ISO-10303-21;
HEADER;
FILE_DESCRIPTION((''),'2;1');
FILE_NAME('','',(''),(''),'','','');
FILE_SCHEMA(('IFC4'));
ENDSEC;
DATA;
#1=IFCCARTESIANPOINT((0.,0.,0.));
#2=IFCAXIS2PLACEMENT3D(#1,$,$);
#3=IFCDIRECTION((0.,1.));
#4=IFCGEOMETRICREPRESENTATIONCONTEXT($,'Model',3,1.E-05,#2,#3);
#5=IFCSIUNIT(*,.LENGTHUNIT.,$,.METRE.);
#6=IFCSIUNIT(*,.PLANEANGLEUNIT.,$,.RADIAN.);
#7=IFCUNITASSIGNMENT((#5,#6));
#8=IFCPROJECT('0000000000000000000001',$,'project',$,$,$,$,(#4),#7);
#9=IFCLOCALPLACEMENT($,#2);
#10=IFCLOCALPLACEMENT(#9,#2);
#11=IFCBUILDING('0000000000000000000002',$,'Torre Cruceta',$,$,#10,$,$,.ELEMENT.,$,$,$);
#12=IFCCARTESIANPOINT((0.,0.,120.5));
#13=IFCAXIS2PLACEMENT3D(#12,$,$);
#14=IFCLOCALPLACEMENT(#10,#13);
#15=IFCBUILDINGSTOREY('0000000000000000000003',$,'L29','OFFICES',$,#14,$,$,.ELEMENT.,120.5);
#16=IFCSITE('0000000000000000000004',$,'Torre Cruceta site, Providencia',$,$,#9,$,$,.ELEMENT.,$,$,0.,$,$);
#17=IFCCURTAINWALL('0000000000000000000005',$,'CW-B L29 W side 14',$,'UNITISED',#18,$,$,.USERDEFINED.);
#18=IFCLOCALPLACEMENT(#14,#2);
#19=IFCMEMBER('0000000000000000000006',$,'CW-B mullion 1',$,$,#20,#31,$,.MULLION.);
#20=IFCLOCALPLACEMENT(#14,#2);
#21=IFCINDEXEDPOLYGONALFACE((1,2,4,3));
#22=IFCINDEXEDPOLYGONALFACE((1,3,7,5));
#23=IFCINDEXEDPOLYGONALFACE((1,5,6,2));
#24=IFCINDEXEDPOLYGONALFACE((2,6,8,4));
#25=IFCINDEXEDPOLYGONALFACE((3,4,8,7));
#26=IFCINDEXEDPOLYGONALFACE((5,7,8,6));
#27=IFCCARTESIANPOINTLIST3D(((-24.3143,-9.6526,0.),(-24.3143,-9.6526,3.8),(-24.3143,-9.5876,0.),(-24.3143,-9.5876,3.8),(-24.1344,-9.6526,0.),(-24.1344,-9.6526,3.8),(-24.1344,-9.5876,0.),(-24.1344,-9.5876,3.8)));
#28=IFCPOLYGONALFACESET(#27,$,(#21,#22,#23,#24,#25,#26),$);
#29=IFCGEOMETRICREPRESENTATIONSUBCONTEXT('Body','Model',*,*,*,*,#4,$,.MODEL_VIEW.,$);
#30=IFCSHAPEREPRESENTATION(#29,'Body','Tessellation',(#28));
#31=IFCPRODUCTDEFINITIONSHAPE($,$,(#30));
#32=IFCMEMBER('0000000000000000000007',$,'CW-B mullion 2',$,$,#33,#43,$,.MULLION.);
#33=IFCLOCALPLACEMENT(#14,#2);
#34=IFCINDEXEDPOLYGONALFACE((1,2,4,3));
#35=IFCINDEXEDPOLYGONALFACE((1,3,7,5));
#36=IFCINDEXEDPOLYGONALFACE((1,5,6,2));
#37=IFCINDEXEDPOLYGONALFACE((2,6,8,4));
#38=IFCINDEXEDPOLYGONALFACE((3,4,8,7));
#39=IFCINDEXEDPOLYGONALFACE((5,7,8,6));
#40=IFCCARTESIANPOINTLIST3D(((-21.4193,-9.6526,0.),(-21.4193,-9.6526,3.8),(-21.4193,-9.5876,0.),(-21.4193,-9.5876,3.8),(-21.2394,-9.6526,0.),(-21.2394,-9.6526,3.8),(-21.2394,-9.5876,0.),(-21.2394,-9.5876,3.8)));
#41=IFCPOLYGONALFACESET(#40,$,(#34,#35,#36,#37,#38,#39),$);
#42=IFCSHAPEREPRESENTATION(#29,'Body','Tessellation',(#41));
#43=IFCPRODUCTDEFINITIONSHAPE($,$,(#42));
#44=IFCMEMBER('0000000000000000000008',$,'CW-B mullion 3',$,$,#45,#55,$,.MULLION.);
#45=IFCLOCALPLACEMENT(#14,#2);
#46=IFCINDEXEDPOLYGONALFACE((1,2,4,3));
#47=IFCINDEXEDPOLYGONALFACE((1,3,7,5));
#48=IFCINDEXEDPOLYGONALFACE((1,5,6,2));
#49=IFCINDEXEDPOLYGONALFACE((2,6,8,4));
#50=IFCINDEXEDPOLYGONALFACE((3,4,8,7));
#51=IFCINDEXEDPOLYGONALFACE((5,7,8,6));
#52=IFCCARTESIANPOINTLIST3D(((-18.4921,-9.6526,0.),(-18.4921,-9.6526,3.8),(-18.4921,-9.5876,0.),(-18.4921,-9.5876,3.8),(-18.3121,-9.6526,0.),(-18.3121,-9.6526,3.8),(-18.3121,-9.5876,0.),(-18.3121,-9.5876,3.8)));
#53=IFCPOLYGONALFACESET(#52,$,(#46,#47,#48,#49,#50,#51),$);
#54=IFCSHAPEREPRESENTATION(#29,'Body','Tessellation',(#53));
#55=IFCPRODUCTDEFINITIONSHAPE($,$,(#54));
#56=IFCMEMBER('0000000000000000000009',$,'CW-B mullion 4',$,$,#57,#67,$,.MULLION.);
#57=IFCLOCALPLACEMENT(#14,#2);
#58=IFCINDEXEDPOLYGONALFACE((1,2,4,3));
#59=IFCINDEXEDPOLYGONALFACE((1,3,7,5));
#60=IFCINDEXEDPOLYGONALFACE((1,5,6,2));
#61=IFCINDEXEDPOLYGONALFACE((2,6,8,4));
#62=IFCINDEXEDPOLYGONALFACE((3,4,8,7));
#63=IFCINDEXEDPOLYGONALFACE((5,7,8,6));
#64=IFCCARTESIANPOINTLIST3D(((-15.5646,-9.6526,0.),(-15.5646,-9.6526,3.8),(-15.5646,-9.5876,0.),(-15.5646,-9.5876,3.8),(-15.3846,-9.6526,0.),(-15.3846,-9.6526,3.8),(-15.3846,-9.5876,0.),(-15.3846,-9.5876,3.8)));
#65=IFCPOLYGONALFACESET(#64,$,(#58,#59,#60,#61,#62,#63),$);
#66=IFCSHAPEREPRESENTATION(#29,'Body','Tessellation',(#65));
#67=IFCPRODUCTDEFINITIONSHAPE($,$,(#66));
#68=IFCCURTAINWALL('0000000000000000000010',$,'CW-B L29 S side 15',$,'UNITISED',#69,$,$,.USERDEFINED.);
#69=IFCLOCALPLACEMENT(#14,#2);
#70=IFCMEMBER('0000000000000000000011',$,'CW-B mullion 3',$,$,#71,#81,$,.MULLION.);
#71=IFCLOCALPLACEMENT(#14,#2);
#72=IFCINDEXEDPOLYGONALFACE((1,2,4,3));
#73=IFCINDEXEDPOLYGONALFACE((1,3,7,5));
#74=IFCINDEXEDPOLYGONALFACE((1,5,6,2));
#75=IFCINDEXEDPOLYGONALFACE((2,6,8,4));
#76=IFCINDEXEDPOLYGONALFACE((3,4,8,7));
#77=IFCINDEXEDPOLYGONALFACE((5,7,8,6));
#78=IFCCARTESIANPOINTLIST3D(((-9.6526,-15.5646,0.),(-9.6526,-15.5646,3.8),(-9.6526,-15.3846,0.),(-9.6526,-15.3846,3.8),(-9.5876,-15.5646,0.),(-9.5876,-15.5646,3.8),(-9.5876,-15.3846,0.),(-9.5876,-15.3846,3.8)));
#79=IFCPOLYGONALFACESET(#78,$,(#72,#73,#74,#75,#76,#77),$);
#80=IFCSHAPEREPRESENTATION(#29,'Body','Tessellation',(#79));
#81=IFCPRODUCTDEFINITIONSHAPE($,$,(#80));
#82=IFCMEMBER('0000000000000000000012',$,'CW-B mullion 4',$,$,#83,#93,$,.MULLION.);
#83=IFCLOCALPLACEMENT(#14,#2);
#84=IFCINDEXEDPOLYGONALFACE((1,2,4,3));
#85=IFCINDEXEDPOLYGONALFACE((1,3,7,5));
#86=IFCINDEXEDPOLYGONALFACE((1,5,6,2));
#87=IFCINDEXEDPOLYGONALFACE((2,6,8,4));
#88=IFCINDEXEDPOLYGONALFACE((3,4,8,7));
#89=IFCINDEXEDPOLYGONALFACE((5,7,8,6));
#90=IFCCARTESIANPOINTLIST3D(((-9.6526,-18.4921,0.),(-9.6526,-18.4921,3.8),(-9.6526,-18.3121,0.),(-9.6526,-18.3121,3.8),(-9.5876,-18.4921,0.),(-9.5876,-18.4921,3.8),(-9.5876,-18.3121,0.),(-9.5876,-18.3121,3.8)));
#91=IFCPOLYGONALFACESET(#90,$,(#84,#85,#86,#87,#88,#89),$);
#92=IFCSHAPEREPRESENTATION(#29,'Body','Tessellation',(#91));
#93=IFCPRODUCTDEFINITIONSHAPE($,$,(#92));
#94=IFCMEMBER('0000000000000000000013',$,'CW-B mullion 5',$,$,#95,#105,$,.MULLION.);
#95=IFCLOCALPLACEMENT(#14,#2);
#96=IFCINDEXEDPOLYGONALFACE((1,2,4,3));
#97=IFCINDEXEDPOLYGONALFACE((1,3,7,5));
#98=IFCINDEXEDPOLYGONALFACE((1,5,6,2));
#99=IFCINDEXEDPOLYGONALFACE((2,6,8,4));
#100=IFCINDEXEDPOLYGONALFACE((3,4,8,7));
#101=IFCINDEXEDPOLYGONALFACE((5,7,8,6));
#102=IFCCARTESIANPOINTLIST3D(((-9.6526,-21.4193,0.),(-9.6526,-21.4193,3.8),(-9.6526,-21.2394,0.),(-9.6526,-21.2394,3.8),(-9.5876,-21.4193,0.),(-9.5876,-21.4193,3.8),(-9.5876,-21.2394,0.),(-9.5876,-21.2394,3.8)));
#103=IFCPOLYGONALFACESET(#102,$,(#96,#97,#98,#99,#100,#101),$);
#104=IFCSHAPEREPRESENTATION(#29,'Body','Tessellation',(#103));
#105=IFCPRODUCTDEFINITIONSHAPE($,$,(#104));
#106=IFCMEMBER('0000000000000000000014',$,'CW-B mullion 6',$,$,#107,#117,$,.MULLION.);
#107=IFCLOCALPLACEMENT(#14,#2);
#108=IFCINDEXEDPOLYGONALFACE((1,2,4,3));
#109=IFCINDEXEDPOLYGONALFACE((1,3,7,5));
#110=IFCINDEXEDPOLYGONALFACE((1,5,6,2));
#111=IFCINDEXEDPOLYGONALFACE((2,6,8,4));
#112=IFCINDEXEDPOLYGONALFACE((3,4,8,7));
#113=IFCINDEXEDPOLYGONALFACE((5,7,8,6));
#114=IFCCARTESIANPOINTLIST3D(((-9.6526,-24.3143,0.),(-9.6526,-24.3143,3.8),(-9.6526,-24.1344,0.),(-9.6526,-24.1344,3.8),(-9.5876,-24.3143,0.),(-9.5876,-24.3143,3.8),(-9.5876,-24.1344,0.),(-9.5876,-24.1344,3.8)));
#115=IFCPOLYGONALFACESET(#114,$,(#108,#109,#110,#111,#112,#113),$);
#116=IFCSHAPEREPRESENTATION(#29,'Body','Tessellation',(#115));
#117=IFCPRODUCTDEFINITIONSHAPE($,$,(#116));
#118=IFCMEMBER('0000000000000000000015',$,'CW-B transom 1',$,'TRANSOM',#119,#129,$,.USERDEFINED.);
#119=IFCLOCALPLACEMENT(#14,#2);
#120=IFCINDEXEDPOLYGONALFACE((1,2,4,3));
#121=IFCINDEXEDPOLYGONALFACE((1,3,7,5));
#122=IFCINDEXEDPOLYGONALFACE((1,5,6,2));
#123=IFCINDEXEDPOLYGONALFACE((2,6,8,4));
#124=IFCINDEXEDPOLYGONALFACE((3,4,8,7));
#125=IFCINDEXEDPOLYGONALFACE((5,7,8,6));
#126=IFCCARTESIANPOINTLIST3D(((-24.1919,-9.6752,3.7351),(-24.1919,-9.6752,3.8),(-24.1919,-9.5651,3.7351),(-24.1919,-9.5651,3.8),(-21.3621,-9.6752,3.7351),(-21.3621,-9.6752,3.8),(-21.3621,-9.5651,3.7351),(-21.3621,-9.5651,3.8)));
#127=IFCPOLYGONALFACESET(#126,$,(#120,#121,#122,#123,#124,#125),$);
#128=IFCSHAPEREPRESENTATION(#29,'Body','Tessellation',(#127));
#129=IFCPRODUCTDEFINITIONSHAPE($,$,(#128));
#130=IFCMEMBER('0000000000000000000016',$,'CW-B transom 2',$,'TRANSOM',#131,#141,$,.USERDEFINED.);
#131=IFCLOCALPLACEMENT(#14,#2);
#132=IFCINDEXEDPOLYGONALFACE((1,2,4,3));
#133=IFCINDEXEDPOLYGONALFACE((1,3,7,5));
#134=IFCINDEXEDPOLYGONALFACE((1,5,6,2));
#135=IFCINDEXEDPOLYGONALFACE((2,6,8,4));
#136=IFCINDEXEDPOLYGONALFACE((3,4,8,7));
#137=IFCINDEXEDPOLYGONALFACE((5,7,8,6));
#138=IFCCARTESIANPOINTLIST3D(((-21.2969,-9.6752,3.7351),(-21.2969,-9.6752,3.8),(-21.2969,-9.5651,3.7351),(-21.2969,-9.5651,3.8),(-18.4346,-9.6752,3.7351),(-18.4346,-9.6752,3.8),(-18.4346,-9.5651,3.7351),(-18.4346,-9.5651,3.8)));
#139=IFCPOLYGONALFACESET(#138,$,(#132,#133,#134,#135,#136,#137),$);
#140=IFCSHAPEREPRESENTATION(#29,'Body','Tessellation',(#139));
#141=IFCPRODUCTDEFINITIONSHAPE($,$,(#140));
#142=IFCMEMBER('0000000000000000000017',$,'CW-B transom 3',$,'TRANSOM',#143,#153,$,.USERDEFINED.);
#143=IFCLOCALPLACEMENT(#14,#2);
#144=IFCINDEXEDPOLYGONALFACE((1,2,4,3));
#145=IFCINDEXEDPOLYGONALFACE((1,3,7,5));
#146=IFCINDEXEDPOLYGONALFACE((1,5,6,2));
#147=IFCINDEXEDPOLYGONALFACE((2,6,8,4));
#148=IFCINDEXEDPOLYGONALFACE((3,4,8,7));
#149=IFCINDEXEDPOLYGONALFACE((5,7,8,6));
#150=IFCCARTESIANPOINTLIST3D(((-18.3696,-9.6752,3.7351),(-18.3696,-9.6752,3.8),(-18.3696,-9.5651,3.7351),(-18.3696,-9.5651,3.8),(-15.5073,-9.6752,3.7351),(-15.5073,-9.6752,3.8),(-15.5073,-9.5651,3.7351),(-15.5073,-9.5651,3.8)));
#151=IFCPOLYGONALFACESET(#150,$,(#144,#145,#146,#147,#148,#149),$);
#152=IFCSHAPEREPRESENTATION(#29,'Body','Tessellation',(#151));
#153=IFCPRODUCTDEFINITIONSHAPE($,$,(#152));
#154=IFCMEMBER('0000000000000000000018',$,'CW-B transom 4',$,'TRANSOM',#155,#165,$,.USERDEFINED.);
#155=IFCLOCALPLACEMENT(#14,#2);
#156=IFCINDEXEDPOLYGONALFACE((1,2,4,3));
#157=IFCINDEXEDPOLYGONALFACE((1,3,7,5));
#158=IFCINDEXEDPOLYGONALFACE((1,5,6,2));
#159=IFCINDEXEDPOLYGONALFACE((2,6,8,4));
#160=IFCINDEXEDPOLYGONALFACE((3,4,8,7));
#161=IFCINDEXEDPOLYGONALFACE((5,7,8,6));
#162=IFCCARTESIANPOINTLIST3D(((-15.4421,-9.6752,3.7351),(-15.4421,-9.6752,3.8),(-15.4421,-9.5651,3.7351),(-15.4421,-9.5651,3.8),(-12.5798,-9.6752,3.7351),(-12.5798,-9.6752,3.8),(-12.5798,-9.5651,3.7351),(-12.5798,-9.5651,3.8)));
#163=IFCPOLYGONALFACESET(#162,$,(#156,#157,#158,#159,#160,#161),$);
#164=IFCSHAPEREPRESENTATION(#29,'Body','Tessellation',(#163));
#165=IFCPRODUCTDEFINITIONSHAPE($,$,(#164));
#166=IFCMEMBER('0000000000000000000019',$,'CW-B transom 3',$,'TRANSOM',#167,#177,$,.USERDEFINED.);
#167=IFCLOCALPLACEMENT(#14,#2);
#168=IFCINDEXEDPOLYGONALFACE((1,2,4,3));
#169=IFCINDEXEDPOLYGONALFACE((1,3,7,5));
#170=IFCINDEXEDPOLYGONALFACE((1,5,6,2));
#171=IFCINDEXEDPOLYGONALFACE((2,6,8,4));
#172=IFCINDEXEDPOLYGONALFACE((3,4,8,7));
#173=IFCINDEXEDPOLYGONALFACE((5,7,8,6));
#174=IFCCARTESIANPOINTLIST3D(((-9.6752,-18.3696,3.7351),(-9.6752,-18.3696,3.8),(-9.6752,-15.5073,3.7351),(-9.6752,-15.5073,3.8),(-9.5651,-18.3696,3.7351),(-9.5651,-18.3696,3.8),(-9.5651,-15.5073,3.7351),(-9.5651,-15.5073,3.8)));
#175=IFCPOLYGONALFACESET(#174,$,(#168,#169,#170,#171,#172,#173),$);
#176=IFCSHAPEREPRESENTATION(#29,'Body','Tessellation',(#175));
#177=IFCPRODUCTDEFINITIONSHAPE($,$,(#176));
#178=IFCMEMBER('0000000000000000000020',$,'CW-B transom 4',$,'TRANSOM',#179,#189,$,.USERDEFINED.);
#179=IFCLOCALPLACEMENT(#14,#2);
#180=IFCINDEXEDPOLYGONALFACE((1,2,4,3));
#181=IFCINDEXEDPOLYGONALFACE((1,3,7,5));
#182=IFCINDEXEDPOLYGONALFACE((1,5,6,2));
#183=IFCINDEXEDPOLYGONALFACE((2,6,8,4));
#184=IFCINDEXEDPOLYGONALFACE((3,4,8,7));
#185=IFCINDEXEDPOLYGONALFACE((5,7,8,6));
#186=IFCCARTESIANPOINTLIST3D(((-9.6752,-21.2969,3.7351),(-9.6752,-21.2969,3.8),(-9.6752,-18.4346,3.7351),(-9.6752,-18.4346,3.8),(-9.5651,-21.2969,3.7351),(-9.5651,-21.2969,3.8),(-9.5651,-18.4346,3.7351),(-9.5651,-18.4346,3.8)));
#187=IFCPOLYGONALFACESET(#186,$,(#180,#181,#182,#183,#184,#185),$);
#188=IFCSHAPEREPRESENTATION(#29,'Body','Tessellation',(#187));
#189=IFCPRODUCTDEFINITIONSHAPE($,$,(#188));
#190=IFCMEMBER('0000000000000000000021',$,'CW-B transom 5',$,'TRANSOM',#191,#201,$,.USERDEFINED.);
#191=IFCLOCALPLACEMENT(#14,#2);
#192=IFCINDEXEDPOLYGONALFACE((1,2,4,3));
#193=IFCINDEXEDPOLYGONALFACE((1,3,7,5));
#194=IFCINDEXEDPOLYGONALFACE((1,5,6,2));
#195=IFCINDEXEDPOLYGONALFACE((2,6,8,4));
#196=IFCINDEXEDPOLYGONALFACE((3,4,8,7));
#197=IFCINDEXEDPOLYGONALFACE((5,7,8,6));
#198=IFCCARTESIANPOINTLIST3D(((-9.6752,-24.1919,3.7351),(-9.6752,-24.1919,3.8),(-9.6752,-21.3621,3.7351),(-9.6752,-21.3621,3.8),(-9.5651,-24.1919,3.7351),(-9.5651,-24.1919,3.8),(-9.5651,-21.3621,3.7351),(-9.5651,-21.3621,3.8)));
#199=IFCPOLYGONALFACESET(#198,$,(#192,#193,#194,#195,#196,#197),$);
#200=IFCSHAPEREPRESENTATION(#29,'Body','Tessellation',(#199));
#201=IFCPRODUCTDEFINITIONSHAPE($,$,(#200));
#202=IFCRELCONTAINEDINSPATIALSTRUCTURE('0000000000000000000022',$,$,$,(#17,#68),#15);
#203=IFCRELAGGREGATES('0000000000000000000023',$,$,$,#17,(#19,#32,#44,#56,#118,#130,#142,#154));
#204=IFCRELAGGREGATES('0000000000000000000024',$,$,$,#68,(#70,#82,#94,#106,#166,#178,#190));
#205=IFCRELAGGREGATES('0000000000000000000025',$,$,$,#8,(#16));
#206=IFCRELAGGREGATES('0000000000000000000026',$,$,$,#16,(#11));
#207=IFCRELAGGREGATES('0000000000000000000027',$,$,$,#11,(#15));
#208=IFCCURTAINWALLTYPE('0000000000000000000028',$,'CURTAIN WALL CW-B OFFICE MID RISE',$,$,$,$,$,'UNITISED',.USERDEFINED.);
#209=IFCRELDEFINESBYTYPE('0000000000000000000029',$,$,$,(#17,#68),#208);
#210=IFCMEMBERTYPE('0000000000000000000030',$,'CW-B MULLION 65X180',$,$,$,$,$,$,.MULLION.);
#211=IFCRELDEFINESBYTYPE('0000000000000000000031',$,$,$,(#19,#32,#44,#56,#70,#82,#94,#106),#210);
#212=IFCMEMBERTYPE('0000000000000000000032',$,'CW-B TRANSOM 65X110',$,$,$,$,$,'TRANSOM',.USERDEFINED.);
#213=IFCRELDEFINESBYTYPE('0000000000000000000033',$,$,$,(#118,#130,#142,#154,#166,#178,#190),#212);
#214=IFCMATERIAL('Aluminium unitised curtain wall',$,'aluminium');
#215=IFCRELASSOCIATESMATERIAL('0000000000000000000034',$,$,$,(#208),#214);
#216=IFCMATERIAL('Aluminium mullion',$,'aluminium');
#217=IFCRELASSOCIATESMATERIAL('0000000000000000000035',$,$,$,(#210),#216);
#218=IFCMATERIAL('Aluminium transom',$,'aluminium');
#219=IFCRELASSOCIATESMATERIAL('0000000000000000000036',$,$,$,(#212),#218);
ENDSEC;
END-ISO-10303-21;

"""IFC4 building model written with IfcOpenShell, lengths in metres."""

from ifc_helpers import new_model, si_unit, direction, frame, origin, origin_2d, place, context, subcontext, project, spatial, rectangle, extrude, material, material_profile, profile_set, type_object, element, aggregate, save


model = new_model("IFC4")

# Units and contexts
model_context = context("Model", 3, precision=1e-05, world=origin(), true_north=direction((0.0, 1.0)))
body_context = subcontext(model_context, "Body", "Model", "MODEL_VIEW")
ifc_project = project(units=[si_unit("LENGTHUNIT", "METRE"), si_unit("PLANEANGLEUNIT", "RADIAN")], contexts=[model_context])

# Site, building, storey
site_placement = place(None, origin())
site = spatial("IfcSite", under=ifc_project, at=site_placement, Name="Torre Cruceta site, Providencia", CompositionType="ELEMENT", RefElevation=0.0)
building_placement = place(site_placement, origin())
building = spatial("IfcBuilding", under=site, at=building_placement, Name="Torre Cruceta", CompositionType="ELEMENT")
storey_placement = place(building_placement, frame((0.0, 0.0, 120.5)))
storey = spatial("IfcBuildingStorey", under=building, at=storey_placement, Name="L29", Description="OFFICES", CompositionType="ELEMENT", Elevation=120.5)

# Curtain walls, members
ifc_material_1 = material(Name="Aluminium unitised curtain wall", Category="aluminium")
curtain_wall_type = type_object("IfcCurtainWallType", Name="CURTAIN WALL CW-B OFFICE MID RISE", ElementType="UNITISED", PredefinedType="USERDEFINED", material=ifc_material_1)
curtain_wall_1_placement = place(storey_placement, origin())
curtain_wall_1 = element("IfcCurtainWall", 1, at=curtain_wall_1_placement, inside=storey, type_object=curtain_wall_type, Name="CW-B L29 W side 14", ObjectType="UNITISED", PredefinedType="USERDEFINED")
ifc_material_2 = material(Name="Aluminium mullion", Category="aluminium")
ifc_material_profile_1 = material_profile(ifc_material_2, rectangle(XDim=0.0649, YDim=0.1799, at=origin_2d()), Name="AL 65X180")
ifc_profile_set_1 = profile_set([ifc_material_profile_1], Name="Aluminium mullion")
member_type_1 = type_object("IfcMemberType", Name="CW-B MULLION 65X180", PredefinedType="MULLION", material=ifc_profile_set_1)
member_1_placement = place(storey_placement, frame((-24.2244, -9.6201, 0.0), z_axis=(0.0, 0.0, 1.0), x_axis=(0.0, 1.0, 0.0)))
member_1 = element("IfcMember", 2, at=member_1_placement, type_object=member_type_1, Name="CW-B mullion 1", PredefinedType="MULLION", context=body_context, shape_type="SweptSolid", body=[
    extrude(rectangle(XDim=0.0649, YDim=0.1799, at=origin_2d()), origin(), (0.0, 0.0, 1.0), 3.8),
])
member_2_placement = place(storey_placement, frame((-21.3293, -9.6201, 0.0), z_axis=(0.0, 0.0, 1.0), x_axis=(0.0, 1.0, 0.0)))
member_2 = element("IfcMember", 3, at=member_2_placement, type_object=member_type_1, Name="CW-B mullion 2", PredefinedType="MULLION", context=body_context, shape_type="SweptSolid", body=[
    extrude(rectangle(XDim=0.0649, YDim=0.1799, at=origin_2d()), origin(), (0.0, 0.0, 1.0), 3.8),
])
member_3_placement = place(storey_placement, frame((-18.4021, -9.6201, 0.0), z_axis=(0.0, 0.0, 1.0), x_axis=(0.0, 1.0, 0.0)))
member_3 = element("IfcMember", 4, at=member_3_placement, type_object=member_type_1, Name="CW-B mullion 3", PredefinedType="MULLION", context=body_context, shape_type="SweptSolid", body=[
    extrude(rectangle(XDim=0.0649, YDim=0.1799, at=origin_2d()), origin(), (0.0, 0.0, 1.0), 3.8),
])
member_4_placement = place(storey_placement, frame((-15.4746, -9.6201, 0.0), z_axis=(0.0, 0.0, 1.0), x_axis=(0.0, 1.0, 0.0)))
member_4 = element("IfcMember", 5, at=member_4_placement, type_object=member_type_1, Name="CW-B mullion 4", PredefinedType="MULLION", context=body_context, shape_type="SweptSolid", body=[
    extrude(rectangle(XDim=0.0649, YDim=0.1799, at=origin_2d()), origin(), (0.0, 0.0, 1.0), 3.8),
])
curtain_wall_2_placement = place(storey_placement, origin())
curtain_wall_2 = element("IfcCurtainWall", 6, at=curtain_wall_2_placement, inside=storey, type_object=curtain_wall_type, Name="CW-B L29 S side 15", ObjectType="UNITISED", PredefinedType="USERDEFINED")
member_5_placement = place(storey_placement, frame((-9.6201, -15.4746, 0.0), z_axis=(0.0, 0.0, 1.0), x_axis=(1.0, 0.0, 0.0)))
member_5 = element("IfcMember", 7, at=member_5_placement, type_object=member_type_1, Name="CW-B mullion 3", PredefinedType="MULLION", context=body_context, shape_type="SweptSolid", body=[
    extrude(rectangle(XDim=0.0649, YDim=0.1799, at=origin_2d()), origin(), (0.0, 0.0, 1.0), 3.8),
])
member_6_placement = place(storey_placement, frame((-9.6201, -18.4021, 0.0), z_axis=(0.0, 0.0, 1.0), x_axis=(1.0, 0.0, 0.0)))
member_6 = element("IfcMember", 8, at=member_6_placement, type_object=member_type_1, Name="CW-B mullion 4", PredefinedType="MULLION", context=body_context, shape_type="SweptSolid", body=[
    extrude(rectangle(XDim=0.0649, YDim=0.1799, at=origin_2d()), origin(), (0.0, 0.0, 1.0), 3.8),
])
member_7_placement = place(storey_placement, frame((-9.6201, -21.3293, 0.0), z_axis=(0.0, 0.0, 1.0), x_axis=(1.0, 0.0, 0.0)))
member_7 = element("IfcMember", 9, at=member_7_placement, type_object=member_type_1, Name="CW-B mullion 5", PredefinedType="MULLION", context=body_context, shape_type="SweptSolid", body=[
    extrude(rectangle(XDim=0.0649, YDim=0.1799, at=origin_2d()), origin(), (0.0, 0.0, 1.0), 3.8),
])
member_8_placement = place(storey_placement, frame((-9.6201, -24.2244, 0.0), z_axis=(0.0, 0.0, 1.0), x_axis=(1.0, 0.0, 0.0)))
member_8 = element("IfcMember", 10, at=member_8_placement, type_object=member_type_1, Name="CW-B mullion 6", PredefinedType="MULLION", context=body_context, shape_type="SweptSolid", body=[
    extrude(rectangle(XDim=0.0649, YDim=0.1799, at=origin_2d()), origin(), (0.0, 0.0, 1.0), 3.8),
])

# Members
ifc_material_3 = material(Name="Aluminium transom", Category="aluminium")
ifc_material_profile_2 = material_profile(ifc_material_3, rectangle(XDim=0.1101, YDim=0.0649, at=origin_2d()), Name="AL 110X65")
ifc_profile_set_2 = profile_set([ifc_material_profile_2], Name="Aluminium transom")
member_type_2 = type_object("IfcMemberType", Name="CW-B TRANSOM 65X110", ElementType="TRANSOM", PredefinedType="USERDEFINED", material=ifc_profile_set_2)
member_9_placement = place(storey_placement, frame((-24.1919, -9.6201, 3.7676), z_axis=(1.0, 0.0, 0.0), x_axis=(0.0, 1.0, 0.0)))
member_9 = element("IfcMember", 11, at=member_9_placement, type_object=member_type_2, Name="CW-B transom 1", ObjectType="TRANSOM", PredefinedType="USERDEFINED", context=body_context, shape_type="SweptSolid", body=[
    extrude(rectangle(XDim=0.1101, YDim=0.0649, at=origin_2d()), origin(), (0.0, 0.0, 1.0), 2.8298),
])
member_10_placement = place(storey_placement, frame((-21.2969, -9.6201, 3.7676), z_axis=(1.0, 0.0, 0.0), x_axis=(0.0, 1.0, 0.0)))
member_10 = element("IfcMember", 12, at=member_10_placement, type_object=member_type_2, Name="CW-B transom 2", ObjectType="TRANSOM", PredefinedType="USERDEFINED", context=body_context, shape_type="SweptSolid", body=[
    extrude(rectangle(XDim=0.1101, YDim=0.0649, at=origin_2d()), origin(), (0.0, 0.0, 1.0), 2.8623),
])
member_11_placement = place(storey_placement, frame((-18.3696, -9.6201, 3.7676), z_axis=(1.0, 0.0, 0.0), x_axis=(0.0, 1.0, 0.0)))
member_11 = element("IfcMember", 13, at=member_11_placement, type_object=member_type_2, Name="CW-B transom 3", ObjectType="TRANSOM", PredefinedType="USERDEFINED", context=body_context, shape_type="SweptSolid", body=[
    extrude(rectangle(XDim=0.1101, YDim=0.0649, at=origin_2d()), origin(), (0.0, 0.0, 1.0), 2.8623),
])
member_12_placement = place(storey_placement, frame((-15.4421, -9.6201, 3.7676), z_axis=(1.0, 0.0, 0.0), x_axis=(0.0, 1.0, 0.0)))
member_12 = element("IfcMember", 14, at=member_12_placement, type_object=member_type_2, Name="CW-B transom 4", ObjectType="TRANSOM", PredefinedType="USERDEFINED", context=body_context, shape_type="SweptSolid", body=[
    extrude(rectangle(XDim=0.1101, YDim=0.0649, at=origin_2d()), origin(), (0.0, 0.0, 1.0), 2.8623),
])
member_13_placement = place(storey_placement, frame((-9.6201, -15.5073, 3.7676), z_axis=(0.0, -1.0, 0.0), x_axis=(1.0, 0.0, 0.0)))
member_13 = element("IfcMember", 15, at=member_13_placement, type_object=member_type_2, Name="CW-B transom 3", ObjectType="TRANSOM", PredefinedType="USERDEFINED", context=body_context, shape_type="SweptSolid", body=[
    extrude(rectangle(XDim=0.1101, YDim=0.0649, at=origin_2d()), origin(), (0.0, 0.0, 1.0), 2.8623),
])
member_14_placement = place(storey_placement, frame((-9.6201, -18.4346, 3.7676), z_axis=(0.0, -1.0, 0.0), x_axis=(1.0, 0.0, 0.0)))
member_14 = element("IfcMember", 16, at=member_14_placement, type_object=member_type_2, Name="CW-B transom 4", ObjectType="TRANSOM", PredefinedType="USERDEFINED", context=body_context, shape_type="SweptSolid", body=[
    extrude(rectangle(XDim=0.1101, YDim=0.0649, at=origin_2d()), origin(), (0.0, 0.0, 1.0), 2.8623),
])
member_15_placement = place(storey_placement, frame((-9.6201, -21.3621, 3.7676), z_axis=(0.0, -1.0, 0.0), x_axis=(1.0, 0.0, 0.0)))
member_15 = element("IfcMember", 17, at=member_15_placement, type_object=member_type_2, Name="CW-B transom 5", ObjectType="TRANSOM", PredefinedType="USERDEFINED", context=body_context, shape_type="SweptSolid", body=[
    extrude(rectangle(XDim=0.1101, YDim=0.0649, at=origin_2d()), origin(), (0.0, 0.0, 1.0), 2.8298),
])

aggregate(curtain_wall_1, [member_1, member_2, member_3, member_4, member_9, member_10, member_11, member_12])
aggregate(curtain_wall_2, [member_5, member_6, member_7, member_8, member_13, member_14, member_15])

save(model, "model.ifc")
